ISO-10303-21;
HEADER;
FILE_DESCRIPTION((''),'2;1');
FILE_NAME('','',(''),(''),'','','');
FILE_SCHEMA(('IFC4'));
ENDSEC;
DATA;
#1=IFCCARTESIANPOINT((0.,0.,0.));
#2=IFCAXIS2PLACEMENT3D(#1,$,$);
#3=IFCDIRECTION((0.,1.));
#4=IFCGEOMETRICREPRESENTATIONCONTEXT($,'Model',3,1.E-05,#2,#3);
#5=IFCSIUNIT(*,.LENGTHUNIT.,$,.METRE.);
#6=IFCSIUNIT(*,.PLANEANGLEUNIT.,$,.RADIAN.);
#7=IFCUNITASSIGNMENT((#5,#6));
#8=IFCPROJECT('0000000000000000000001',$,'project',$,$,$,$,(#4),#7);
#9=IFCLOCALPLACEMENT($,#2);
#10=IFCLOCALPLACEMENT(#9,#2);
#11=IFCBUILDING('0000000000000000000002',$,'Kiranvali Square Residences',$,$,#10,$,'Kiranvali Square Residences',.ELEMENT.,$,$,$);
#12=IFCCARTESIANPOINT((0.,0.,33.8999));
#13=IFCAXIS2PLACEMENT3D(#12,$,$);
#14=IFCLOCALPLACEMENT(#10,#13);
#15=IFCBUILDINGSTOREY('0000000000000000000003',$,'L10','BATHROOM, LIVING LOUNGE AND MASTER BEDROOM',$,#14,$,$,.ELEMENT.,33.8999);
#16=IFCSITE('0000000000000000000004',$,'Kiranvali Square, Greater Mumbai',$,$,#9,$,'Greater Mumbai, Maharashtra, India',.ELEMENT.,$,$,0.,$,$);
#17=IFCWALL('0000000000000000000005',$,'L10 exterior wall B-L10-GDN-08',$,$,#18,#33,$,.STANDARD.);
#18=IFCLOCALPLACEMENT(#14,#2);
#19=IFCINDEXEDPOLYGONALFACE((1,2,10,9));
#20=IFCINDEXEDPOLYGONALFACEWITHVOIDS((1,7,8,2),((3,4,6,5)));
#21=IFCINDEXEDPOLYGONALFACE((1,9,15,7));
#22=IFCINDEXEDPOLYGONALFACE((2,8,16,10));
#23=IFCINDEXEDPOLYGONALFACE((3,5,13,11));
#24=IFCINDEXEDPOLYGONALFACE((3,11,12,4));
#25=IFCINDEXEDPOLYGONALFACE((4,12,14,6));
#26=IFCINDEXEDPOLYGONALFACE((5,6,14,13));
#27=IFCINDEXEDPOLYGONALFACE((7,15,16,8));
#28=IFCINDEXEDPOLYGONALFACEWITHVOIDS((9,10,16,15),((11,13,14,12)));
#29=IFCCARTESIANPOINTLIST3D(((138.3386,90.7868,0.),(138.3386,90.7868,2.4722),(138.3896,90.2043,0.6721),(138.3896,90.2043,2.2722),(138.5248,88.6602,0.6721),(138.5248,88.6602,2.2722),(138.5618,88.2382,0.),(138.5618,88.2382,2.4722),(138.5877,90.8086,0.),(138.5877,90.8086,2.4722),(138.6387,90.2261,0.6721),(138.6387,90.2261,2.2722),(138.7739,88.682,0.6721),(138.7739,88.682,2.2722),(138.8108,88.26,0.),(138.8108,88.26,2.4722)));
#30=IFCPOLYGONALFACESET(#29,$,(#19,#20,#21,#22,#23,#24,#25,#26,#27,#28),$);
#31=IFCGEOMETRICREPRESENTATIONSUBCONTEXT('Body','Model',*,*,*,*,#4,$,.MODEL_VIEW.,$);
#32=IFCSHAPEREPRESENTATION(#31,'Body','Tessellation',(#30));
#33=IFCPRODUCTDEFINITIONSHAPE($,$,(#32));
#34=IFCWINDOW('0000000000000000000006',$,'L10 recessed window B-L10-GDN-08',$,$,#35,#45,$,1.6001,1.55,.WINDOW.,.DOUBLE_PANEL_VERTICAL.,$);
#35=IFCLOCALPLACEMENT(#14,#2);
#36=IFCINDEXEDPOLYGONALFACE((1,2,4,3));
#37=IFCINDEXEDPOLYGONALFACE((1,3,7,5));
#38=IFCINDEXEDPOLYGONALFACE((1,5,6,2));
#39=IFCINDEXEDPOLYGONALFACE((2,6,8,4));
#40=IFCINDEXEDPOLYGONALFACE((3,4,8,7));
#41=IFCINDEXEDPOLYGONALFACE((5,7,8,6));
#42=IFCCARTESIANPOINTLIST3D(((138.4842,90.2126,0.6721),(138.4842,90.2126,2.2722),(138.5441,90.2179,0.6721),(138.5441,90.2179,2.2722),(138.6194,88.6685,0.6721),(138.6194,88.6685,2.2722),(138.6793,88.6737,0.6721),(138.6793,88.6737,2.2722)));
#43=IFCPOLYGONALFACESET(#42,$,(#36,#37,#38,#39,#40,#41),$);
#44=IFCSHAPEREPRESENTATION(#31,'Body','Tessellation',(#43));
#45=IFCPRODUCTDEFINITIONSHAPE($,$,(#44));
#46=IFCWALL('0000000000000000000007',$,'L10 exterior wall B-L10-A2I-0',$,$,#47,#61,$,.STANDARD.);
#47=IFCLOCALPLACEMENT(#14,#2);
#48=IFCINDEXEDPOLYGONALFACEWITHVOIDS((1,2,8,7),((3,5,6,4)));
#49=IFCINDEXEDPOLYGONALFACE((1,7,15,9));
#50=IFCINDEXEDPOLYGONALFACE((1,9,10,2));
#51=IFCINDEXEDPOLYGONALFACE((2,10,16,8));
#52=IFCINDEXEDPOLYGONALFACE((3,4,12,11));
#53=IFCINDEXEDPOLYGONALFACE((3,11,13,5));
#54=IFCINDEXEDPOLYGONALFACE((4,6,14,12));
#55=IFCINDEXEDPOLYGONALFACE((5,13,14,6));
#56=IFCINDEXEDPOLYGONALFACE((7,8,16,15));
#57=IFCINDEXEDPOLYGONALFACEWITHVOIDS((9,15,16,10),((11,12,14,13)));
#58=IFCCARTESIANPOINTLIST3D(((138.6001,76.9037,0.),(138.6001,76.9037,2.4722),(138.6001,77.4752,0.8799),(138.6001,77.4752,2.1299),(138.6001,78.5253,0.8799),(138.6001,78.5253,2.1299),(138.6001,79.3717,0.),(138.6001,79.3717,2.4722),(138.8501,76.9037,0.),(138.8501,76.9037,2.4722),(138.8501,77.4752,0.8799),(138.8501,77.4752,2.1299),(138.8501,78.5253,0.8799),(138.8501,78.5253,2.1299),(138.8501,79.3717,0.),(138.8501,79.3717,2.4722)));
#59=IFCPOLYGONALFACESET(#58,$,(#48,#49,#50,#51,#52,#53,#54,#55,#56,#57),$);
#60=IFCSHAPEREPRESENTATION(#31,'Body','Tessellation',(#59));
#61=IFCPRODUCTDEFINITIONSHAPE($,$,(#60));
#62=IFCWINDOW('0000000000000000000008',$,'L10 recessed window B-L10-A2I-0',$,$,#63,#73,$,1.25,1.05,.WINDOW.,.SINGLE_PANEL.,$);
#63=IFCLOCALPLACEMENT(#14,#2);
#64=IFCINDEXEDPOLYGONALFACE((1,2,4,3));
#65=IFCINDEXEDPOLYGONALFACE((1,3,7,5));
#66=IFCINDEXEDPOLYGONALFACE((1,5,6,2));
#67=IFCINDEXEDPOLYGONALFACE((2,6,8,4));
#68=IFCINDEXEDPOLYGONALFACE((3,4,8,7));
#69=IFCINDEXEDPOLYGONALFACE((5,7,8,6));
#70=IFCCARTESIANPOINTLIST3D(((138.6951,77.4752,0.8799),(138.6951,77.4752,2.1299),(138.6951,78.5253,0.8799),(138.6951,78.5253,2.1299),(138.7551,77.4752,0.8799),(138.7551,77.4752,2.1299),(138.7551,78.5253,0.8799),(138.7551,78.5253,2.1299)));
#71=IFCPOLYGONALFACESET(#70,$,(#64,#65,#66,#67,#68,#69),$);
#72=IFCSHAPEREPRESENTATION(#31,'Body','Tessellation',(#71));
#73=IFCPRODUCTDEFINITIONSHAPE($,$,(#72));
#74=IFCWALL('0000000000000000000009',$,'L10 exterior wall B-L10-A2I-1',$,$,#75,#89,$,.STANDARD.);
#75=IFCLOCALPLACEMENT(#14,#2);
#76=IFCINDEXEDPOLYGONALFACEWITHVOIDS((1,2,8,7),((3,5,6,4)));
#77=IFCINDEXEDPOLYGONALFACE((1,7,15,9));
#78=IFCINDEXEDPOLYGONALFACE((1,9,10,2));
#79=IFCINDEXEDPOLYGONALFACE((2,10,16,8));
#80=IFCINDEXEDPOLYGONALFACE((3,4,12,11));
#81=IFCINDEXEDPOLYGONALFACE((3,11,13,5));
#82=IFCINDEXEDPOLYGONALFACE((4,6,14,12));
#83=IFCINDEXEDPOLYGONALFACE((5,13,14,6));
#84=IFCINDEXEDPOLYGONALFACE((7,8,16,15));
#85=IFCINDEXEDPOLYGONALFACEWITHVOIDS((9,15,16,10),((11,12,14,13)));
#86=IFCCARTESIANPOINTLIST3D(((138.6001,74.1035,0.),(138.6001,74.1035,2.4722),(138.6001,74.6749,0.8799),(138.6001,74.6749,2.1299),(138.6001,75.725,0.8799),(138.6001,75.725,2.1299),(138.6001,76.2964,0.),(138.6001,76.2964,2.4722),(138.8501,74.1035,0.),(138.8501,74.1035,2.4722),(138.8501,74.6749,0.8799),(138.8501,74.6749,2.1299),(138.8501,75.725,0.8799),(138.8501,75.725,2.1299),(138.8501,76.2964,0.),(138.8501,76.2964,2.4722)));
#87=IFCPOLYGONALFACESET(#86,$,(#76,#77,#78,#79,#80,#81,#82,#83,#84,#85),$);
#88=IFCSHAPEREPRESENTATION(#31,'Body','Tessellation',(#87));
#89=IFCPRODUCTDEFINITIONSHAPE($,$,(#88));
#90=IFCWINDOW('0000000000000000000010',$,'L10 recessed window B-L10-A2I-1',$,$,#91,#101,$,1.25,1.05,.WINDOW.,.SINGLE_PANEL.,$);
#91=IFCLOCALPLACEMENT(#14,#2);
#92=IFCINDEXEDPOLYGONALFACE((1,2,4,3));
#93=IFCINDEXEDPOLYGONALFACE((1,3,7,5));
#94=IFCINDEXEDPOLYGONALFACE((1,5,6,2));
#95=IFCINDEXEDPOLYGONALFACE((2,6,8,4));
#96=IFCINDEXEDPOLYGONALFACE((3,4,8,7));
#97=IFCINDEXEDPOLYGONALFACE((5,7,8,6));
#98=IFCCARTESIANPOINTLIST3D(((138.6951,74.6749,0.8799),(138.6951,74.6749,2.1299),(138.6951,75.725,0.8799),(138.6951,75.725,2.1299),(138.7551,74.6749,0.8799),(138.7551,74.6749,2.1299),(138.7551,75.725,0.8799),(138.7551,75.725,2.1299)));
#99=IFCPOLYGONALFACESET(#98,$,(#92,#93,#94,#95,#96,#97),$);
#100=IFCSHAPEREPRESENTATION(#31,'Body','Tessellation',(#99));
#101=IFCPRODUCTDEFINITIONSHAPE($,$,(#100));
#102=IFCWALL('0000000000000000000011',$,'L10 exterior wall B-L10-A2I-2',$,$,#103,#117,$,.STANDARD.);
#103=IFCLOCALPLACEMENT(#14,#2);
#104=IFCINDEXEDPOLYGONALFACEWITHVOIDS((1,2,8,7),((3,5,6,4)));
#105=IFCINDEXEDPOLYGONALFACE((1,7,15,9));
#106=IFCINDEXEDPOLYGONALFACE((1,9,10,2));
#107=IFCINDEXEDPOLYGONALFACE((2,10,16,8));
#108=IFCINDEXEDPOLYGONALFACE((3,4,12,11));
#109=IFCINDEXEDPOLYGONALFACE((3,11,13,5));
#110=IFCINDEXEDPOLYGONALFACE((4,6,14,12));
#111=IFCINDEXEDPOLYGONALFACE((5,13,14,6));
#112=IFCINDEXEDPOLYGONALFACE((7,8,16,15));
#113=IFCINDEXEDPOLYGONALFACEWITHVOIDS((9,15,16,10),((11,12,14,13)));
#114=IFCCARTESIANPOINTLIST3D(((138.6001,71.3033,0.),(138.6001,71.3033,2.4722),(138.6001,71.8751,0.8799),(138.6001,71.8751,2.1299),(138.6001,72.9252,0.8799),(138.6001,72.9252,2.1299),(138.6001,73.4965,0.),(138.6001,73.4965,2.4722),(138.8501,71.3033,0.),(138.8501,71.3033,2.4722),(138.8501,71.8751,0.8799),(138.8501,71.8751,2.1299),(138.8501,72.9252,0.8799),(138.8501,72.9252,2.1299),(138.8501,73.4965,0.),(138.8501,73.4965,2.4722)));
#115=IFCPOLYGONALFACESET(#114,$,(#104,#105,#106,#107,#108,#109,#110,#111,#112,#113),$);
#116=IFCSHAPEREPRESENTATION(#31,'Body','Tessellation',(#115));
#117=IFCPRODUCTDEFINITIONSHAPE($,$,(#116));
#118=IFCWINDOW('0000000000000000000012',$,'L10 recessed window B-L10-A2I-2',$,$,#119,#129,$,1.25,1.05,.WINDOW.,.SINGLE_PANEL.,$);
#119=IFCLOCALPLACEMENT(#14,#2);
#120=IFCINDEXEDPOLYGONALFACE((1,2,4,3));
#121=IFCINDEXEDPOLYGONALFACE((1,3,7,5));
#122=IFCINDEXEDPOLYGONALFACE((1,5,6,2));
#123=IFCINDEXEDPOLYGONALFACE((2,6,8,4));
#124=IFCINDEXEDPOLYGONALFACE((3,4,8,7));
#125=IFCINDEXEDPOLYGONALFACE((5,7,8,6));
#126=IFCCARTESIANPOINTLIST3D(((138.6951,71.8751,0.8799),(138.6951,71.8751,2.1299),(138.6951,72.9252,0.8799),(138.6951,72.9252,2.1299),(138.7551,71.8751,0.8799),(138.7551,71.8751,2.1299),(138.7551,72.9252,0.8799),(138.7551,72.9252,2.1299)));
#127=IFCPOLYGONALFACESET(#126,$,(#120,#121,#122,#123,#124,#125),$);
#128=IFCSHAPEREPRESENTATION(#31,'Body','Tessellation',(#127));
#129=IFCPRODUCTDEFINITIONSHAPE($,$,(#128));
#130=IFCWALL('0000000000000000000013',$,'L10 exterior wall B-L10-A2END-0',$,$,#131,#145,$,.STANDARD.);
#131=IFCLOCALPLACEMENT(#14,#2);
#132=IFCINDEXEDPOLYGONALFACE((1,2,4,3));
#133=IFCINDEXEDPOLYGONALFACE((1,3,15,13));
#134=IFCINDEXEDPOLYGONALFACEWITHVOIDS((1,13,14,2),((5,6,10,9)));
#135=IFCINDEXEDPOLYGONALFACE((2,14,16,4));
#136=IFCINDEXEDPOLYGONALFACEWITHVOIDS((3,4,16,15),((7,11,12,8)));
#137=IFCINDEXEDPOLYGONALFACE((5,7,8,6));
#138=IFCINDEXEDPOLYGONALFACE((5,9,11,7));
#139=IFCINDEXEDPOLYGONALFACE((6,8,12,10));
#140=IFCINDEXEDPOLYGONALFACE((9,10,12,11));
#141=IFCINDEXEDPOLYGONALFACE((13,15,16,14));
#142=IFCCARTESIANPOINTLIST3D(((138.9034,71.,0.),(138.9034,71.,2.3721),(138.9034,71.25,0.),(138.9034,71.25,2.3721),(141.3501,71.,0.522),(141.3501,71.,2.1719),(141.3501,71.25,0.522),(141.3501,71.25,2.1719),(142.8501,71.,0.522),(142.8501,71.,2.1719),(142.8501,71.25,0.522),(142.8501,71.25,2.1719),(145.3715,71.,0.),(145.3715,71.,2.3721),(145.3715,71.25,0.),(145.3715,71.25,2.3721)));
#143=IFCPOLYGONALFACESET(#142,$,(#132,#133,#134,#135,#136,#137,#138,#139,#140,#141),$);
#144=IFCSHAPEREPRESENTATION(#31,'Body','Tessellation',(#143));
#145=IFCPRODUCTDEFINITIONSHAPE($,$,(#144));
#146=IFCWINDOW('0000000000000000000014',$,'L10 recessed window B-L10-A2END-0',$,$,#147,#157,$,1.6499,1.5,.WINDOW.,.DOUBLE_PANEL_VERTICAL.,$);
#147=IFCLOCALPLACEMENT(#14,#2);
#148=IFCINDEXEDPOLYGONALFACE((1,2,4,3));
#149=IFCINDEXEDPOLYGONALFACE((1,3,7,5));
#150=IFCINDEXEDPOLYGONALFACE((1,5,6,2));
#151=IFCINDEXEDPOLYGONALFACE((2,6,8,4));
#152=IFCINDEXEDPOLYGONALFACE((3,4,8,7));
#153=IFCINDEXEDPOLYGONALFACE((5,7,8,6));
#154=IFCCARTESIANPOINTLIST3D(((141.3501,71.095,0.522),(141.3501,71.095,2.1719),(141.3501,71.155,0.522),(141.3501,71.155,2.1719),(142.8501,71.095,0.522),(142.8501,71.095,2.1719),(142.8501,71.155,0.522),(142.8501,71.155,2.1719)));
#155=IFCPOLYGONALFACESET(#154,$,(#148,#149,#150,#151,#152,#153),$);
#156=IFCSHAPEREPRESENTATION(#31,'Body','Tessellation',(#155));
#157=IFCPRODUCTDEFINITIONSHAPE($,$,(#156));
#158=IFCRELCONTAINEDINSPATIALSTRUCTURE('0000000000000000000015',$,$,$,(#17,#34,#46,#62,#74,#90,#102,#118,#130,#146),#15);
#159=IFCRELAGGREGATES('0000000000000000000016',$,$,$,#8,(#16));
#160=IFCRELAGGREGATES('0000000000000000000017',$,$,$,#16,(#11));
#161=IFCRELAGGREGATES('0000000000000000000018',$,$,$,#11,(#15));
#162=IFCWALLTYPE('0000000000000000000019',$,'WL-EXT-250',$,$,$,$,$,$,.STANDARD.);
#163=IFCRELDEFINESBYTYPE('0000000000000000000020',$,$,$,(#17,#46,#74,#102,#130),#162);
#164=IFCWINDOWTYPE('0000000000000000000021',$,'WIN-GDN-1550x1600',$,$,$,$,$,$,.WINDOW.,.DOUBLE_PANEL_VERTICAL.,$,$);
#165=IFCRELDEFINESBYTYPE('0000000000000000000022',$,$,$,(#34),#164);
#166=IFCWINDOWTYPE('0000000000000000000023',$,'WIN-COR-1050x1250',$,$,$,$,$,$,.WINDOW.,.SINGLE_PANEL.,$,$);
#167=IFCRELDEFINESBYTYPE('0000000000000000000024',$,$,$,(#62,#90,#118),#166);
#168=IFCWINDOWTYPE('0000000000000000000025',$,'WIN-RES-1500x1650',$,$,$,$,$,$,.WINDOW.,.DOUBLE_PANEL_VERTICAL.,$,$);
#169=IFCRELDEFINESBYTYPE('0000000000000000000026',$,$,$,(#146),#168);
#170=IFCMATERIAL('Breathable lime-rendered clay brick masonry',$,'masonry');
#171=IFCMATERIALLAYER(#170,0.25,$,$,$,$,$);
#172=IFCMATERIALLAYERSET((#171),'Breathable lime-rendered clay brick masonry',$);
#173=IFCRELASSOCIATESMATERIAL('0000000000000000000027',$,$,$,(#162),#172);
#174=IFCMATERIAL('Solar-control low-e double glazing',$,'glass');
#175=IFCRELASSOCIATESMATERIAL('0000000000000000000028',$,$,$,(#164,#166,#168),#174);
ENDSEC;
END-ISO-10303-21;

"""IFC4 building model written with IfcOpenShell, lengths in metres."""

from ifc_helpers import new_model, si_unit, direction, frame, frame_2d, origin, place, context, subcontext, project, spatial, rectangle, extrude, material, layer, layer_set, type_object, element, fill, save


model = new_model("IFC4")

# Units and contexts
model_context = context("Model", 3, precision=1e-05, world=origin(), true_north=direction((0.0, 1.0)))
body_context = subcontext(model_context, "Body", "Model", "MODEL_VIEW")
ifc_project = project(units=[si_unit("LENGTHUNIT", "METRE"), si_unit("PLANEANGLEUNIT", "RADIAN")], contexts=[model_context])

# Site, building, storey
site_placement = place(None, origin())
site = spatial("IfcSite", under=ifc_project, at=site_placement, Name="Kiranvali Square, Greater Mumbai", LongName="Greater Mumbai, Maharashtra, India", CompositionType="ELEMENT", RefElevation=0.0)
building_placement = place(site_placement, origin())
building = spatial("IfcBuilding", under=site, at=building_placement, Name="Kiranvali Square Residences", LongName="Kiranvali Square Residences", CompositionType="ELEMENT")
storey_placement = place(building_placement, frame((0.0, 0.0, 33.8999)))
storey = spatial("IfcBuildingStorey", under=building, at=storey_placement, Name="L10", Description="BATHROOM, LIVING LOUNGE AND MASTER BEDROOM", CompositionType="ELEMENT", Elevation=33.8999)

# Walls, openings, windows
ifc_material_1 = material(Name="Breathable lime-rendered clay brick masonry", Category="masonry")
ifc_layer_1 = layer(ifc_material_1, 0.25)
ifc_layer_set_1 = layer_set([ifc_layer_1], Name="Breathable lime-rendered clay brick masonry")
wall_type_1 = type_object("IfcWallType", Name="WL-EXT-250", PredefinedType="STANDARD", material=ifc_layer_set_1)
wall_1_placement = place(storey_placement, frame((138.4631, 90.7979, 0.0), z_axis=(0.0, 0.0, 1.0), x_axis=(0.087223, -0.996189, 0.0)))
wall_1 = element("IfcWall", 1, at=wall_1_placement, inside=storey, type_object=wall_type_1, Name="L10 exterior wall B-L10-GDN-08", PredefinedType="STANDARD", context=body_context, shape_type="SweptSolid", body=[
    extrude(rectangle(XDim=2.5583, YDim=0.25, at=frame_2d((1.2793, 0.0))), origin(), (0.0, 0.0, 1.0), 2.4722),
])
opening_1_placement = place(wall_1_placement, frame((0.585, 0.0, 0.6721)))
opening_1 = element("IfcOpeningElement", 2, at=opening_1_placement, cuts=wall_1, PredefinedType="OPENING", context=body_context, shape_type="SweptSolid", body=[
    extrude(rectangle(XDim=1.55, YDim=1.6001, at=frame_2d((0.7749, 0.8))), frame((0.0, 0.135, 0.0), z_axis=(0.0, -1.0, 0.0), x_axis=(1.0, 0.0, 0.0)), (0.0, 0.0, 1.0), 0.27),
])
ifc_material_2 = material(Name="Solar-control low-e double glazing", Category="glass")
window_type_1 = type_object("IfcWindowType", Name="WIN-GDN-1550x1600", PartitioningType="DOUBLE_PANEL_VERTICAL", PredefinedType="WINDOW", material=ifc_material_2)
window_1_placement = place(opening_1_placement, origin())
window_1 = element("IfcWindow", 3, at=window_1_placement, inside=storey, type_object=window_type_1, Name="L10 recessed window B-L10-GDN-08", OverallHeight=1.6001, OverallWidth=1.55, PartitioningType="DOUBLE_PANEL_VERTICAL", PredefinedType="WINDOW", context=body_context, shape_type="SweptSolid", body=[
    extrude(rectangle(XDim=1.55, YDim=1.6001, at=frame_2d((0.7749, 0.8))), frame((0.0, 0.03, 0.0), z_axis=(0.0, -1.0, 0.0), x_axis=(1.0, 0.0, 0.0)), (0.0, 0.0, 1.0), 0.0601),
])
fill(opening_1, window_1)
wall_2_placement = place(storey_placement, frame((138.7251, 79.3716, 0.0), z_axis=(0.0, 0.0, 1.0), x_axis=(0.0, -1.0, 0.0)))
wall_2 = element("IfcWall", 4, at=wall_2_placement, inside=storey, type_object=wall_type_1, Name="L10 exterior wall B-L10-A2I-0", PredefinedType="STANDARD", context=body_context, shape_type="SweptSolid", body=[
    extrude(rectangle(XDim=2.468, YDim=0.25, at=frame_2d((1.2339, 0.0))), origin(), (0.0, 0.0, 1.0), 2.4722),
])
opening_2_placement = place(wall_2_placement, frame((0.8464, 0.0, 0.8799)))
opening_2 = element("IfcOpeningElement", 5, at=opening_2_placement, cuts=wall_2, PredefinedType="OPENING", context=body_context, shape_type="SweptSolid", body=[
    extrude(rectangle(XDim=1.05, YDim=1.25, at=frame_2d((0.5249, 0.625))), frame((0.0, 0.135, 0.0), z_axis=(0.0, -1.0, 0.0), x_axis=(1.0, 0.0, 0.0)), (0.0, 0.0, 1.0), 0.27),
])
window_type_2 = type_object("IfcWindowType", Name="WIN-COR-1050x1250", PartitioningType="SINGLE_PANEL", PredefinedType="WINDOW", material=ifc_material_2)
window_2_placement = place(opening_2_placement, origin())
window_2 = element("IfcWindow", 6, at=window_2_placement, inside=storey, type_object=window_type_2, Name="L10 recessed window B-L10-A2I-0", OverallHeight=1.25, OverallWidth=1.05, PartitioningType="SINGLE_PANEL", PredefinedType="WINDOW", context=body_context, shape_type="SweptSolid", body=[
    extrude(rectangle(XDim=1.05, YDim=1.25, at=frame_2d((0.5249, 0.625))), frame((0.0, 0.03, 0.0), z_axis=(0.0, -1.0, 0.0), x_axis=(1.0, 0.0, 0.0)), (0.0, 0.0, 1.0), 0.0601),
])
fill(opening_2, window_2)
wall_3_placement = place(storey_placement, frame((138.7251, 76.2964, 0.0), z_axis=(0.0, 0.0, 1.0), x_axis=(0.0, -1.0, 0.0)))
wall_3 = element("IfcWall", 7, at=wall_3_placement, inside=storey, type_object=wall_type_1, Name="L10 exterior wall B-L10-A2I-1", PredefinedType="STANDARD", context=body_context, shape_type="SweptSolid", body=[
    extrude(rectangle(XDim=2.1929, YDim=0.25, at=frame_2d((1.0964, 0.0))), origin(), (0.0, 0.0, 1.0), 2.4722),
])
opening_3_placement = place(wall_3_placement, frame((0.5715, 0.0, 0.8799)))
opening_3 = element("IfcOpeningElement", 8, at=opening_3_placement, cuts=wall_3, PredefinedType="OPENING", context=body_context, shape_type="SweptSolid", body=[
    extrude(rectangle(XDim=1.05, YDim=1.25, at=frame_2d((0.5249, 0.625))), frame((0.0, 0.135, 0.0), z_axis=(0.0, -1.0, 0.0), x_axis=(1.0, 0.0, 0.0)), (0.0, 0.0, 1.0), 0.27),
])
window_3_placement = place(opening_3_placement, origin())
window_3 = element("IfcWindow", 9, at=window_3_placement, inside=storey, type_object=window_type_2, Name="L10 recessed window B-L10-A2I-1", OverallHeight=1.25, OverallWidth=1.05, PartitioningType="SINGLE_PANEL", PredefinedType="WINDOW", context=body_context, shape_type="SweptSolid", body=[
    extrude(rectangle(XDim=1.05, YDim=1.25, at=frame_2d((0.5249, 0.625))), frame((0.0, 0.03, 0.0), z_axis=(0.0, -1.0, 0.0), x_axis=(1.0, 0.0, 0.0)), (0.0, 0.0, 1.0), 0.0601),
])
fill(opening_3, window_3)
wall_4_placement = place(storey_placement, frame((138.7251, 73.4966, 0.0), z_axis=(0.0, 0.0, 1.0), x_axis=(0.0, -1.0, 0.0)))
wall_4 = element("IfcWall", 10, at=wall_4_placement, inside=storey, type_object=wall_type_1, Name="L10 exterior wall B-L10-A2I-2", PredefinedType="STANDARD", context=body_context, shape_type="SweptSolid", body=[
    extrude(rectangle(XDim=2.1931, YDim=0.25, at=frame_2d((1.0967, 0.0))), origin(), (0.0, 0.0, 1.0), 2.4722),
])
opening_4_placement = place(wall_4_placement, frame((0.5715, 0.0, 0.8799)))
opening_4 = element("IfcOpeningElement", 11, at=opening_4_placement, cuts=wall_4, PredefinedType="OPENING", context=body_context, shape_type="SweptSolid", body=[
    extrude(rectangle(XDim=1.05, YDim=1.25, at=frame_2d((0.5249, 0.625))), frame((0.0, 0.135, 0.0), z_axis=(0.0, -1.0, 0.0), x_axis=(1.0, 0.0, 0.0)), (0.0, 0.0, 1.0), 0.27),
])
window_4_placement = place(opening_4_placement, origin())
window_4 = element("IfcWindow", 12, at=window_4_placement, inside=storey, type_object=window_type_2, Name="L10 recessed window B-L10-A2I-2", OverallHeight=1.25, OverallWidth=1.05, PartitioningType="SINGLE_PANEL", PredefinedType="WINDOW", context=body_context, shape_type="SweptSolid", body=[
    extrude(rectangle(XDim=1.05, YDim=1.25, at=frame_2d((0.5249, 0.625))), frame((0.0, 0.03, 0.0), z_axis=(0.0, -1.0, 0.0), x_axis=(1.0, 0.0, 0.0)), (0.0, 0.0, 1.0), 0.0601),
])
fill(opening_4, window_4)
wall_5_placement = place(storey_placement, frame((138.9036, 71.125, 0.0), z_axis=(0.0, 0.0, 1.0), x_axis=(1.0, 0.0, 0.0)))
wall_5 = element("IfcWall", 13, at=wall_5_placement, inside=storey, type_object=wall_type_1, Name="L10 exterior wall B-L10-A2END-0", PredefinedType="STANDARD", context=body_context, shape_type="SweptSolid", body=[
    extrude(rectangle(XDim=6.468, YDim=0.25, at=frame_2d((3.2339, 0.0))), origin(), (0.0, 0.0, 1.0), 2.3721),
])
opening_5_placement = place(wall_5_placement, frame((2.4465, 0.0, 0.522)))
opening_5 = element("IfcOpeningElement", 14, at=opening_5_placement, cuts=wall_5, PredefinedType="OPENING", context=body_context, shape_type="SweptSolid", body=[
    extrude(rectangle(XDim=1.5, YDim=1.6499, at=frame_2d((0.75, 0.825))), frame((0.0, 0.135, 0.0), z_axis=(0.0, -1.0, 0.0), x_axis=(1.0, 0.0, 0.0)), (0.0, 0.0, 1.0), 0.27),
])
window_type_3 = type_object("IfcWindowType", Name="WIN-RES-1500x1650", PartitioningType="DOUBLE_PANEL_VERTICAL", PredefinedType="WINDOW", material=ifc_material_2)
window_5_placement = place(opening_5_placement, origin())
window_5 = element("IfcWindow", 15, at=window_5_placement, inside=storey, type_object=window_type_3, Name="L10 recessed window B-L10-A2END-0", OverallHeight=1.6499, OverallWidth=1.5, PartitioningType="DOUBLE_PANEL_VERTICAL", PredefinedType="WINDOW", context=body_context, shape_type="SweptSolid", body=[
    extrude(rectangle(XDim=1.5, YDim=1.6499, at=frame_2d((0.75, 0.825))), frame((0.0, 0.03, 0.0), z_axis=(0.0, -1.0, 0.0), x_axis=(1.0, 0.0, 0.0)), (0.0, 0.0, 1.0), 0.0601),
])
fill(opening_5, window_5)

save(model, "model.ifc")
